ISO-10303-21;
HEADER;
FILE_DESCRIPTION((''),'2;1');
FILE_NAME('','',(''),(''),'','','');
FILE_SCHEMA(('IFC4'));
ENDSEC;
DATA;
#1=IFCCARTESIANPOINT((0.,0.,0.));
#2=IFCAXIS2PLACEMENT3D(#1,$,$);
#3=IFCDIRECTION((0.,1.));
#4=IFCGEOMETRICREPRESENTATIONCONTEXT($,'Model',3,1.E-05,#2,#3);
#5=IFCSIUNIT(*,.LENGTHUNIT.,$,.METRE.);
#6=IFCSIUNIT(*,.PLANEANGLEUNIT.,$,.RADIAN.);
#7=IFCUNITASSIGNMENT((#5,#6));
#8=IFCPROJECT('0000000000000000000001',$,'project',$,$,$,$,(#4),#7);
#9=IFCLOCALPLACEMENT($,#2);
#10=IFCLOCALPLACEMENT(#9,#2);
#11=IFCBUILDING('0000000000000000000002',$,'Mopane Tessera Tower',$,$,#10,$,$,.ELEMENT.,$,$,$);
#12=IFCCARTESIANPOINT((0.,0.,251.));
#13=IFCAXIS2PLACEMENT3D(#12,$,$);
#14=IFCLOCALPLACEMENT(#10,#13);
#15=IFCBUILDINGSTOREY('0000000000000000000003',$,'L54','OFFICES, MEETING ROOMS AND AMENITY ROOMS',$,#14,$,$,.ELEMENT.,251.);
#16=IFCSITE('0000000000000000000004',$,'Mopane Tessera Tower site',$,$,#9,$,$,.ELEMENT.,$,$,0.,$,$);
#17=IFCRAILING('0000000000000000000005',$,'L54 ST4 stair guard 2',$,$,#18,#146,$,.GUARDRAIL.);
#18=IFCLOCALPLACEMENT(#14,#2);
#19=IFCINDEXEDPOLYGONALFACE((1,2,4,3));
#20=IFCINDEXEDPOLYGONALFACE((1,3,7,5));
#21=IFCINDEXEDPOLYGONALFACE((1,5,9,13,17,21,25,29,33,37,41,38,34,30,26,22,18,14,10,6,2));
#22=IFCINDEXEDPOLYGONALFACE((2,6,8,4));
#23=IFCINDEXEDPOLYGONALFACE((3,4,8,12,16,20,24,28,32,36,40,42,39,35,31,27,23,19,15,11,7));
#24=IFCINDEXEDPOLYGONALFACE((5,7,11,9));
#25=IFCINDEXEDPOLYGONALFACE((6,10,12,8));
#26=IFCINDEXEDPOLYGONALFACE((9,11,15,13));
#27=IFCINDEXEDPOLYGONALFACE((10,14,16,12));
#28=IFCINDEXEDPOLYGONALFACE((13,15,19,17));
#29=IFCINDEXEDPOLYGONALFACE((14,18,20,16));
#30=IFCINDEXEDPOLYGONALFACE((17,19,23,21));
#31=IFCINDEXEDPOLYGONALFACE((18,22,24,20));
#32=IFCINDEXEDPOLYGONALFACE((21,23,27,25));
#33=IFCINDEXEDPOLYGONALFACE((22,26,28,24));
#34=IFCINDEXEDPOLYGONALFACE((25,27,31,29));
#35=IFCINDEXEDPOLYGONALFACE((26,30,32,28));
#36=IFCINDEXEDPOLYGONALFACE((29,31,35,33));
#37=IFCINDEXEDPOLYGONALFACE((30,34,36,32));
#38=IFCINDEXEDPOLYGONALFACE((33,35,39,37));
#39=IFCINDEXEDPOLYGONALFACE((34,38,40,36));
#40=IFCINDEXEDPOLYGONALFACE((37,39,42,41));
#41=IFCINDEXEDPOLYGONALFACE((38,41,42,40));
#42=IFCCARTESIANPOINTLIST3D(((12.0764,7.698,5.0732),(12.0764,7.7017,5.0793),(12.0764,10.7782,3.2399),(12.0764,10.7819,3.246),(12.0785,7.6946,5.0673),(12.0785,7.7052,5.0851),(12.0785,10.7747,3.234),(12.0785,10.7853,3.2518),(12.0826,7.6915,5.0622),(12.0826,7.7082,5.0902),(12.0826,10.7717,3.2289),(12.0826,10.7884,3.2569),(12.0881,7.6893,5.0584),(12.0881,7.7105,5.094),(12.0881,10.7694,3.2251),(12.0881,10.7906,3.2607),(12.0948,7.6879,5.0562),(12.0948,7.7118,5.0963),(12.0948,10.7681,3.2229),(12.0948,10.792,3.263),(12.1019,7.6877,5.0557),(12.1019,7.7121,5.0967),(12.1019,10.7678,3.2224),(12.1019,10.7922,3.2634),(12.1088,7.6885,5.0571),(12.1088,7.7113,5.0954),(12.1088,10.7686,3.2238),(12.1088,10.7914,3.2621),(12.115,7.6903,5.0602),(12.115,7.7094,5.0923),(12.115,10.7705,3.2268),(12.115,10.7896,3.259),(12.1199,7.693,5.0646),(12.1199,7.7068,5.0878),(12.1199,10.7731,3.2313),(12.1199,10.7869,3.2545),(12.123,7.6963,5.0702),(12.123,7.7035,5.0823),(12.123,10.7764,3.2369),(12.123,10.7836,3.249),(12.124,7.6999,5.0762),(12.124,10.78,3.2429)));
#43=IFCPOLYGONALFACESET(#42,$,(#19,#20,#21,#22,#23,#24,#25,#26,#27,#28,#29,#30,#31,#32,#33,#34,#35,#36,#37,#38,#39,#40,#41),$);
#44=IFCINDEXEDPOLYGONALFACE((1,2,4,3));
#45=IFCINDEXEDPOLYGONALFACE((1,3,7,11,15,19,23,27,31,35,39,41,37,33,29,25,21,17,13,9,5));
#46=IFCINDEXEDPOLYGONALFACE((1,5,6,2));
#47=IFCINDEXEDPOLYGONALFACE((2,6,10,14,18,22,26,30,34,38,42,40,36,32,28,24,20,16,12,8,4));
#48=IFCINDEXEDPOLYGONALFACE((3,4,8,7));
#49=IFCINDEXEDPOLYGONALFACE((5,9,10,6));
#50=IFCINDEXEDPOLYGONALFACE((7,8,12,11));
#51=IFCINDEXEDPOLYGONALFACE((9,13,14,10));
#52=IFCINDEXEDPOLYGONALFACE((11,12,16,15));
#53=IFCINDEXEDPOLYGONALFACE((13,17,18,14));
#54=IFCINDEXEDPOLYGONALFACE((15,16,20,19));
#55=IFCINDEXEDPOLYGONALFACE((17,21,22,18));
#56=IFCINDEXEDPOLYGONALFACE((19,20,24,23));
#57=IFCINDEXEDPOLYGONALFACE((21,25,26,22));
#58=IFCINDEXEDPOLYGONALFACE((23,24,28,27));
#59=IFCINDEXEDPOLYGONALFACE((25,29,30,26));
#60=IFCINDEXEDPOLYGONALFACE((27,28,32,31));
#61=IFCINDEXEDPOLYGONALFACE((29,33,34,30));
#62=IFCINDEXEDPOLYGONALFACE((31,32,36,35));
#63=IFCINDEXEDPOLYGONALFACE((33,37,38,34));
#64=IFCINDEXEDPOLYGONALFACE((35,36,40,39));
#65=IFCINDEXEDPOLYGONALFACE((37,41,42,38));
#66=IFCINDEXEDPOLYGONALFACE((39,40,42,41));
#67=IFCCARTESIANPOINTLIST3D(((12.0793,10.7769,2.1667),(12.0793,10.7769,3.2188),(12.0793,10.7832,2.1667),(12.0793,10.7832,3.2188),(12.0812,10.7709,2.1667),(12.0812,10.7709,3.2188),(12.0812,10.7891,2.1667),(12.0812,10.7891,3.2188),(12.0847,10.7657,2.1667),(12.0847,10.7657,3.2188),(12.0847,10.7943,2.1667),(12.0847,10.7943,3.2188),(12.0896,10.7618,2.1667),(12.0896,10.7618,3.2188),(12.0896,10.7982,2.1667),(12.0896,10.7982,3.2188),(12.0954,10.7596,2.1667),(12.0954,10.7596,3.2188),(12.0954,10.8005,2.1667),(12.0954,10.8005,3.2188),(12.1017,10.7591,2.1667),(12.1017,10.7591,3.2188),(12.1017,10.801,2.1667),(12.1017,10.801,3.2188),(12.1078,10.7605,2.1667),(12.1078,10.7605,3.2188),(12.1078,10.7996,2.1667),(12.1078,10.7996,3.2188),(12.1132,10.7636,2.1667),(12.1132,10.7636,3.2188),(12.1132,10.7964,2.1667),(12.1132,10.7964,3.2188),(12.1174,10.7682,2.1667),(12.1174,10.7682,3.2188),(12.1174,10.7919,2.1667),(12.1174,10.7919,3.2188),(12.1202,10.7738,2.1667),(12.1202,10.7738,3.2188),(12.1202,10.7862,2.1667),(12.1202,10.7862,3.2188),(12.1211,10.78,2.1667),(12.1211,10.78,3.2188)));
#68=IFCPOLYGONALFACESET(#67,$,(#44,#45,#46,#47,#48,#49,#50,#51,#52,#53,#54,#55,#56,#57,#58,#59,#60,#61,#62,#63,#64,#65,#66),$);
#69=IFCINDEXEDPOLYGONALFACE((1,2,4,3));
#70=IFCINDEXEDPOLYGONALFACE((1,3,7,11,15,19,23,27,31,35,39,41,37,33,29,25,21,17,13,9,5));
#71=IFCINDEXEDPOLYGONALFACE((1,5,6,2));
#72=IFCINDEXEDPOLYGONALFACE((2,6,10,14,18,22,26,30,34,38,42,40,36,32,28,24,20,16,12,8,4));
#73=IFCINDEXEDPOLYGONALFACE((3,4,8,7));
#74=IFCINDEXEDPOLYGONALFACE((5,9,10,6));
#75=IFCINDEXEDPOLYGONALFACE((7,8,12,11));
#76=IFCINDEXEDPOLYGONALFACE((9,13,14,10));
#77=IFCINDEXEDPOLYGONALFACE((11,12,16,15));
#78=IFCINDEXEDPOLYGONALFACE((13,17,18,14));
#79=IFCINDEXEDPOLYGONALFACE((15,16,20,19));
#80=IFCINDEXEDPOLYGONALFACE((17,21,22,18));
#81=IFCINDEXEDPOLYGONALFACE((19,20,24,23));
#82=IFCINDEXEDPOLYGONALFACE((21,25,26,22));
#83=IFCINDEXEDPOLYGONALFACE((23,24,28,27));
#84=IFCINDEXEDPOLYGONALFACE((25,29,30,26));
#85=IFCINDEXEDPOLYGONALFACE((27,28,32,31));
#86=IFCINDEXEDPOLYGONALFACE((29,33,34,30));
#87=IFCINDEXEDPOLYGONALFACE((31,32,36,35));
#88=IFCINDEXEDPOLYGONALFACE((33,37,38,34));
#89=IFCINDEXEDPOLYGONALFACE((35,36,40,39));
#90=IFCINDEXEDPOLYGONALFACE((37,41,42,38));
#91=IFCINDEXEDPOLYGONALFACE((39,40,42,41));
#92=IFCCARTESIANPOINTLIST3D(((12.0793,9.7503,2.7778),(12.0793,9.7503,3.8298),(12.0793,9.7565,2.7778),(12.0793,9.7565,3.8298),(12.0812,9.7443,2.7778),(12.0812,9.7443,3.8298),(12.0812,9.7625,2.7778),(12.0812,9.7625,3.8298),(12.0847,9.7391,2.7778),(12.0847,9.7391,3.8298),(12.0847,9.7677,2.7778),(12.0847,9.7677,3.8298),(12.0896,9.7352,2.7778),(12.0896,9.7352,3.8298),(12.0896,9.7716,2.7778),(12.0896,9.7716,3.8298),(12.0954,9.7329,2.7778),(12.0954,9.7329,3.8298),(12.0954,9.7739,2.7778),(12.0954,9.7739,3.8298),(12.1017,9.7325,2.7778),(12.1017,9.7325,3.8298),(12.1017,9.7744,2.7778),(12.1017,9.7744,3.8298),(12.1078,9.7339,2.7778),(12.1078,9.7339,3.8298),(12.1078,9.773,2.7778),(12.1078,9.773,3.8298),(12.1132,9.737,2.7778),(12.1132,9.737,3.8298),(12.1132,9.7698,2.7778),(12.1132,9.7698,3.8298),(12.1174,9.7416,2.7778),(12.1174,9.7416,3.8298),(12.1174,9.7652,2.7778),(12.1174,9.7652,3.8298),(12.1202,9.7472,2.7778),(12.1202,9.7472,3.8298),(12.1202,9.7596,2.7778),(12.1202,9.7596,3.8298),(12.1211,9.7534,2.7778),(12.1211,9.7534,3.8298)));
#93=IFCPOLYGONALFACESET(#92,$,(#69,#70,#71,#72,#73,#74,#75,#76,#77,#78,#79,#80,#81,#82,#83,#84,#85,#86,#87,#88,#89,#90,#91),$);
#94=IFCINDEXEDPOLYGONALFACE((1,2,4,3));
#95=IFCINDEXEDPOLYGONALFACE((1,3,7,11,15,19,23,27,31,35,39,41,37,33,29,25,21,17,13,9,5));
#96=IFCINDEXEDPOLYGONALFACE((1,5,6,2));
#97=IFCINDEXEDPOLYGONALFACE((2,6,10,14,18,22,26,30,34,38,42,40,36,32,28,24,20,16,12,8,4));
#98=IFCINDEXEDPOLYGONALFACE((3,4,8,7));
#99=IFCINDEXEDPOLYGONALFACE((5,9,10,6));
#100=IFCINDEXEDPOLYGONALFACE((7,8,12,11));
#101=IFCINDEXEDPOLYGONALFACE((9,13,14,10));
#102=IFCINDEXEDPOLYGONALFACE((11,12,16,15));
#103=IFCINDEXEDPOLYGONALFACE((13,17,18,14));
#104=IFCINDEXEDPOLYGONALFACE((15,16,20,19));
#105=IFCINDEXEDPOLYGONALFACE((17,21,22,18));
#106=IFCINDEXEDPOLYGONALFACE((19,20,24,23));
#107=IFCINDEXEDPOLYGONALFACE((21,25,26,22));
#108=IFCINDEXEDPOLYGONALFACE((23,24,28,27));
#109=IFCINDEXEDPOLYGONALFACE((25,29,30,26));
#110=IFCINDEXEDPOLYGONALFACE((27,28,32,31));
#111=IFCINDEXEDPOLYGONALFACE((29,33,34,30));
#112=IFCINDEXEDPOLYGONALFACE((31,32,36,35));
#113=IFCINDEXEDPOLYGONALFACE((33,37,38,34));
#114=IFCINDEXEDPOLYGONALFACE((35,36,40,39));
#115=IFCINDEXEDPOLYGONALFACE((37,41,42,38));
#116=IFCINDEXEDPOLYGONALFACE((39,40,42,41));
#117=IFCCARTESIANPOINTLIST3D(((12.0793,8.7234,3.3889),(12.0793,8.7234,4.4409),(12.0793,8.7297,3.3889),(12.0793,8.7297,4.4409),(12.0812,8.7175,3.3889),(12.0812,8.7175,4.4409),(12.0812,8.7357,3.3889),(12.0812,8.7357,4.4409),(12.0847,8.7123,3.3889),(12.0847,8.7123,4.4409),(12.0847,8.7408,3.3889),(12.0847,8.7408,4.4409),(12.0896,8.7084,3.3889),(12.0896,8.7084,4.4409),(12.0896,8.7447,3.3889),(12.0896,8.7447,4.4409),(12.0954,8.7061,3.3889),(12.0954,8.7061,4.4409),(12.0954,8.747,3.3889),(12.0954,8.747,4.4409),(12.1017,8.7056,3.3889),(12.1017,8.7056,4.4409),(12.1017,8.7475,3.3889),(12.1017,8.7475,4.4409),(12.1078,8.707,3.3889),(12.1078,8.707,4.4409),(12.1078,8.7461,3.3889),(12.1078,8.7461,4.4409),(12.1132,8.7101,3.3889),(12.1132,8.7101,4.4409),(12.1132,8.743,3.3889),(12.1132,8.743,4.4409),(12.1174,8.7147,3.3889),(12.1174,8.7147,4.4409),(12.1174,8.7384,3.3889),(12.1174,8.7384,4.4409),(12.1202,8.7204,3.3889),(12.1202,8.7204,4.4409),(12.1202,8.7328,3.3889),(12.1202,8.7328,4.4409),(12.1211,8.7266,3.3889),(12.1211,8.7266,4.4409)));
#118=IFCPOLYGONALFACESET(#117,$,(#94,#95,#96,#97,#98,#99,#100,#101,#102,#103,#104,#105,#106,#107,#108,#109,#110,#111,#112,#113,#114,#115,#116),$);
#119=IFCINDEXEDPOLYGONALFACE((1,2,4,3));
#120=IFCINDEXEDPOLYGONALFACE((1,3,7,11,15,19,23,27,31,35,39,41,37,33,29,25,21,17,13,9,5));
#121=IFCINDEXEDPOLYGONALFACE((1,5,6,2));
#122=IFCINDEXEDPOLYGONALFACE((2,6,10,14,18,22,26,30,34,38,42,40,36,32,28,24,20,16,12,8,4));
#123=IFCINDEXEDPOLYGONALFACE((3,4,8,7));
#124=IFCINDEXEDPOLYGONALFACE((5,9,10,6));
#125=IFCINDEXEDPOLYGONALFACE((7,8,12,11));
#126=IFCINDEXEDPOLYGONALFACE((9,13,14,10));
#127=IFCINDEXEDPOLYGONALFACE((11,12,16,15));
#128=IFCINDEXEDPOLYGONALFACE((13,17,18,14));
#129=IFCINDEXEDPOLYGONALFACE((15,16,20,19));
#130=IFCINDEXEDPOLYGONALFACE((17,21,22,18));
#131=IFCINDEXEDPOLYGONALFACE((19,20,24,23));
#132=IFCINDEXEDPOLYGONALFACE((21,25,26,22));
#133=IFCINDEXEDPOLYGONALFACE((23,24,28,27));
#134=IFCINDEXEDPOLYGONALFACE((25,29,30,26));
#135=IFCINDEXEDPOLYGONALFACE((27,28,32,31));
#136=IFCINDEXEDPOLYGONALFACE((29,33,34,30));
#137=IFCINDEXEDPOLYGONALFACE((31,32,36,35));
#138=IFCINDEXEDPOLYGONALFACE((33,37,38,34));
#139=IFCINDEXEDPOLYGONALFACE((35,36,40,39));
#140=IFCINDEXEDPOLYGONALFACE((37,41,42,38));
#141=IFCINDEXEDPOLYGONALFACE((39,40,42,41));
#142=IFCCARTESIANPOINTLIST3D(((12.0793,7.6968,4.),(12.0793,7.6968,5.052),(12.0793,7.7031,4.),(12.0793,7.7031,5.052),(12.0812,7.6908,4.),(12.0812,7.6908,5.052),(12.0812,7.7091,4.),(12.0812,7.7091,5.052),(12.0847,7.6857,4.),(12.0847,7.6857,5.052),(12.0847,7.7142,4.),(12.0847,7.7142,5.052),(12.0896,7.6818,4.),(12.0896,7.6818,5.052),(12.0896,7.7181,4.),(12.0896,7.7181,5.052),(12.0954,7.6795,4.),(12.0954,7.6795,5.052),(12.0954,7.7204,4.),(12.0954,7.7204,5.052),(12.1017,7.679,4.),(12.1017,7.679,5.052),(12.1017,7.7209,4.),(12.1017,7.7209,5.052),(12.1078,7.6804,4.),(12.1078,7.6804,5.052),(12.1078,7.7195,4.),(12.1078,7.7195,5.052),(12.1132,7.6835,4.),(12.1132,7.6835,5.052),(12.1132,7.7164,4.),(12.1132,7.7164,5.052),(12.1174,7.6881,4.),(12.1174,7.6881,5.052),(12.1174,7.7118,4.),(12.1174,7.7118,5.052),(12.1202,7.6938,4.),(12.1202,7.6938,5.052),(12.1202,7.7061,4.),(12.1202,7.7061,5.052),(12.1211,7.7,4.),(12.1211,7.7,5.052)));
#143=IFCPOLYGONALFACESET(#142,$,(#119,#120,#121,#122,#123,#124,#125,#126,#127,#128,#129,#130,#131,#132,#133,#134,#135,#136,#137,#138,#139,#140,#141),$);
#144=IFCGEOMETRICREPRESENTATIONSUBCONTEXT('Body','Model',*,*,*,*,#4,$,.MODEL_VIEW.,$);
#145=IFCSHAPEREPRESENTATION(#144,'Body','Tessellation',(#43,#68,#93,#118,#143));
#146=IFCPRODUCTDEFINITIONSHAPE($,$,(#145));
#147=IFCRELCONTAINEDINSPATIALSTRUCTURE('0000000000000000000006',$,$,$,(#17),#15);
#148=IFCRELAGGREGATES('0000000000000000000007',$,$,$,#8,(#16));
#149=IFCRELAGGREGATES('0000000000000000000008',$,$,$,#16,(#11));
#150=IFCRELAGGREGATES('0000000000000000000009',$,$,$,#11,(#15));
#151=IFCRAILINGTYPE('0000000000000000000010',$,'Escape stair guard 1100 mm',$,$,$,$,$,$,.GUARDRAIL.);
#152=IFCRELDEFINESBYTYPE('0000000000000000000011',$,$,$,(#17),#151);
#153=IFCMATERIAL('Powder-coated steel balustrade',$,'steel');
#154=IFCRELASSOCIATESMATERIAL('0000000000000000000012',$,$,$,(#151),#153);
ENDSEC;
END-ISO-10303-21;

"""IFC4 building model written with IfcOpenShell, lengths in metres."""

from ifc_helpers import new_model, si_unit, direction, frame, origin, origin_2d, place, context, subcontext, project, spatial, circle, extrude, material, type_object, element, save


model = new_model("IFC4")

# Units and contexts
model_context = context("Model", 3, precision=1e-05, world=origin(), true_north=direction((0.0, 1.0)))
body_context = subcontext(model_context, "Body", "Model", "MODEL_VIEW")
ifc_project = project(units=[si_unit("LENGTHUNIT", "METRE"), si_unit("PLANEANGLEUNIT", "RADIAN")], contexts=[model_context])

# Site, building, storey
site_placement = place(None, origin())
site = spatial("IfcSite", under=ifc_project, at=site_placement, Name="Mopane Tessera Tower site", CompositionType="ELEMENT", RefElevation=0.0)
building_placement = place(site_placement, origin())
building = spatial("IfcBuilding", under=site, at=building_placement, Name="Mopane Tessera Tower", CompositionType="ELEMENT")
storey_placement = place(building_placement, frame((0.0, 0.0, 251.0)))
storey = spatial("IfcBuildingStorey", under=building, at=storey_placement, Name="L54", Description="OFFICES, MEETING ROOMS AND AMENITY ROOMS", CompositionType="ELEMENT", Elevation=251.0)

# Railing
ifc_material_1 = material(Name="Powder-coated steel balustrade", Category="steel")
railing_type_1 = type_object("IfcRailingType", Name="Escape stair guard 1100 mm", PredefinedType="GUARDRAIL", material=ifc_material_1)
railing_1_placement = place(storey_placement, frame((12.1001, 10.78, 2.1667)))
element("IfcRailing", 1, at=railing_1_placement, inside=storey, type_object=railing_type_1, Name="L54 ST4 stair guard 2", PredefinedType="GUARDRAIL", context=body_context, shape_type="SweptSolid", body=[
    extrude(circle(Radius=0.0239, at=origin_2d()), frame((0.0, 0.0, 1.0762), z_axis=(0.0, -0.859309, 0.511458), x_axis=(1.0, 0.0, 0.0)), (0.0, 0.0, 1.0), 3.5845),
    extrude(circle(Radius=0.021, at=origin_2d()), origin(), (0.0, 0.0, 1.0), 1.052),
    extrude(circle(Radius=0.021, at=origin_2d()), frame((0.0, -1.0266, 0.6111)), (0.0, 0.0, 1.0), 1.052),
    extrude(circle(Radius=0.021, at=origin_2d()), frame((0.0, -2.0535, 1.2222)), (0.0, 0.0, 1.0), 1.052),
    extrude(circle(Radius=0.021, at=origin_2d()), frame((0.0, -3.0801, 1.8333)), (0.0, 0.0, 1.0), 1.052),
])

save(model, "model.ifc")
